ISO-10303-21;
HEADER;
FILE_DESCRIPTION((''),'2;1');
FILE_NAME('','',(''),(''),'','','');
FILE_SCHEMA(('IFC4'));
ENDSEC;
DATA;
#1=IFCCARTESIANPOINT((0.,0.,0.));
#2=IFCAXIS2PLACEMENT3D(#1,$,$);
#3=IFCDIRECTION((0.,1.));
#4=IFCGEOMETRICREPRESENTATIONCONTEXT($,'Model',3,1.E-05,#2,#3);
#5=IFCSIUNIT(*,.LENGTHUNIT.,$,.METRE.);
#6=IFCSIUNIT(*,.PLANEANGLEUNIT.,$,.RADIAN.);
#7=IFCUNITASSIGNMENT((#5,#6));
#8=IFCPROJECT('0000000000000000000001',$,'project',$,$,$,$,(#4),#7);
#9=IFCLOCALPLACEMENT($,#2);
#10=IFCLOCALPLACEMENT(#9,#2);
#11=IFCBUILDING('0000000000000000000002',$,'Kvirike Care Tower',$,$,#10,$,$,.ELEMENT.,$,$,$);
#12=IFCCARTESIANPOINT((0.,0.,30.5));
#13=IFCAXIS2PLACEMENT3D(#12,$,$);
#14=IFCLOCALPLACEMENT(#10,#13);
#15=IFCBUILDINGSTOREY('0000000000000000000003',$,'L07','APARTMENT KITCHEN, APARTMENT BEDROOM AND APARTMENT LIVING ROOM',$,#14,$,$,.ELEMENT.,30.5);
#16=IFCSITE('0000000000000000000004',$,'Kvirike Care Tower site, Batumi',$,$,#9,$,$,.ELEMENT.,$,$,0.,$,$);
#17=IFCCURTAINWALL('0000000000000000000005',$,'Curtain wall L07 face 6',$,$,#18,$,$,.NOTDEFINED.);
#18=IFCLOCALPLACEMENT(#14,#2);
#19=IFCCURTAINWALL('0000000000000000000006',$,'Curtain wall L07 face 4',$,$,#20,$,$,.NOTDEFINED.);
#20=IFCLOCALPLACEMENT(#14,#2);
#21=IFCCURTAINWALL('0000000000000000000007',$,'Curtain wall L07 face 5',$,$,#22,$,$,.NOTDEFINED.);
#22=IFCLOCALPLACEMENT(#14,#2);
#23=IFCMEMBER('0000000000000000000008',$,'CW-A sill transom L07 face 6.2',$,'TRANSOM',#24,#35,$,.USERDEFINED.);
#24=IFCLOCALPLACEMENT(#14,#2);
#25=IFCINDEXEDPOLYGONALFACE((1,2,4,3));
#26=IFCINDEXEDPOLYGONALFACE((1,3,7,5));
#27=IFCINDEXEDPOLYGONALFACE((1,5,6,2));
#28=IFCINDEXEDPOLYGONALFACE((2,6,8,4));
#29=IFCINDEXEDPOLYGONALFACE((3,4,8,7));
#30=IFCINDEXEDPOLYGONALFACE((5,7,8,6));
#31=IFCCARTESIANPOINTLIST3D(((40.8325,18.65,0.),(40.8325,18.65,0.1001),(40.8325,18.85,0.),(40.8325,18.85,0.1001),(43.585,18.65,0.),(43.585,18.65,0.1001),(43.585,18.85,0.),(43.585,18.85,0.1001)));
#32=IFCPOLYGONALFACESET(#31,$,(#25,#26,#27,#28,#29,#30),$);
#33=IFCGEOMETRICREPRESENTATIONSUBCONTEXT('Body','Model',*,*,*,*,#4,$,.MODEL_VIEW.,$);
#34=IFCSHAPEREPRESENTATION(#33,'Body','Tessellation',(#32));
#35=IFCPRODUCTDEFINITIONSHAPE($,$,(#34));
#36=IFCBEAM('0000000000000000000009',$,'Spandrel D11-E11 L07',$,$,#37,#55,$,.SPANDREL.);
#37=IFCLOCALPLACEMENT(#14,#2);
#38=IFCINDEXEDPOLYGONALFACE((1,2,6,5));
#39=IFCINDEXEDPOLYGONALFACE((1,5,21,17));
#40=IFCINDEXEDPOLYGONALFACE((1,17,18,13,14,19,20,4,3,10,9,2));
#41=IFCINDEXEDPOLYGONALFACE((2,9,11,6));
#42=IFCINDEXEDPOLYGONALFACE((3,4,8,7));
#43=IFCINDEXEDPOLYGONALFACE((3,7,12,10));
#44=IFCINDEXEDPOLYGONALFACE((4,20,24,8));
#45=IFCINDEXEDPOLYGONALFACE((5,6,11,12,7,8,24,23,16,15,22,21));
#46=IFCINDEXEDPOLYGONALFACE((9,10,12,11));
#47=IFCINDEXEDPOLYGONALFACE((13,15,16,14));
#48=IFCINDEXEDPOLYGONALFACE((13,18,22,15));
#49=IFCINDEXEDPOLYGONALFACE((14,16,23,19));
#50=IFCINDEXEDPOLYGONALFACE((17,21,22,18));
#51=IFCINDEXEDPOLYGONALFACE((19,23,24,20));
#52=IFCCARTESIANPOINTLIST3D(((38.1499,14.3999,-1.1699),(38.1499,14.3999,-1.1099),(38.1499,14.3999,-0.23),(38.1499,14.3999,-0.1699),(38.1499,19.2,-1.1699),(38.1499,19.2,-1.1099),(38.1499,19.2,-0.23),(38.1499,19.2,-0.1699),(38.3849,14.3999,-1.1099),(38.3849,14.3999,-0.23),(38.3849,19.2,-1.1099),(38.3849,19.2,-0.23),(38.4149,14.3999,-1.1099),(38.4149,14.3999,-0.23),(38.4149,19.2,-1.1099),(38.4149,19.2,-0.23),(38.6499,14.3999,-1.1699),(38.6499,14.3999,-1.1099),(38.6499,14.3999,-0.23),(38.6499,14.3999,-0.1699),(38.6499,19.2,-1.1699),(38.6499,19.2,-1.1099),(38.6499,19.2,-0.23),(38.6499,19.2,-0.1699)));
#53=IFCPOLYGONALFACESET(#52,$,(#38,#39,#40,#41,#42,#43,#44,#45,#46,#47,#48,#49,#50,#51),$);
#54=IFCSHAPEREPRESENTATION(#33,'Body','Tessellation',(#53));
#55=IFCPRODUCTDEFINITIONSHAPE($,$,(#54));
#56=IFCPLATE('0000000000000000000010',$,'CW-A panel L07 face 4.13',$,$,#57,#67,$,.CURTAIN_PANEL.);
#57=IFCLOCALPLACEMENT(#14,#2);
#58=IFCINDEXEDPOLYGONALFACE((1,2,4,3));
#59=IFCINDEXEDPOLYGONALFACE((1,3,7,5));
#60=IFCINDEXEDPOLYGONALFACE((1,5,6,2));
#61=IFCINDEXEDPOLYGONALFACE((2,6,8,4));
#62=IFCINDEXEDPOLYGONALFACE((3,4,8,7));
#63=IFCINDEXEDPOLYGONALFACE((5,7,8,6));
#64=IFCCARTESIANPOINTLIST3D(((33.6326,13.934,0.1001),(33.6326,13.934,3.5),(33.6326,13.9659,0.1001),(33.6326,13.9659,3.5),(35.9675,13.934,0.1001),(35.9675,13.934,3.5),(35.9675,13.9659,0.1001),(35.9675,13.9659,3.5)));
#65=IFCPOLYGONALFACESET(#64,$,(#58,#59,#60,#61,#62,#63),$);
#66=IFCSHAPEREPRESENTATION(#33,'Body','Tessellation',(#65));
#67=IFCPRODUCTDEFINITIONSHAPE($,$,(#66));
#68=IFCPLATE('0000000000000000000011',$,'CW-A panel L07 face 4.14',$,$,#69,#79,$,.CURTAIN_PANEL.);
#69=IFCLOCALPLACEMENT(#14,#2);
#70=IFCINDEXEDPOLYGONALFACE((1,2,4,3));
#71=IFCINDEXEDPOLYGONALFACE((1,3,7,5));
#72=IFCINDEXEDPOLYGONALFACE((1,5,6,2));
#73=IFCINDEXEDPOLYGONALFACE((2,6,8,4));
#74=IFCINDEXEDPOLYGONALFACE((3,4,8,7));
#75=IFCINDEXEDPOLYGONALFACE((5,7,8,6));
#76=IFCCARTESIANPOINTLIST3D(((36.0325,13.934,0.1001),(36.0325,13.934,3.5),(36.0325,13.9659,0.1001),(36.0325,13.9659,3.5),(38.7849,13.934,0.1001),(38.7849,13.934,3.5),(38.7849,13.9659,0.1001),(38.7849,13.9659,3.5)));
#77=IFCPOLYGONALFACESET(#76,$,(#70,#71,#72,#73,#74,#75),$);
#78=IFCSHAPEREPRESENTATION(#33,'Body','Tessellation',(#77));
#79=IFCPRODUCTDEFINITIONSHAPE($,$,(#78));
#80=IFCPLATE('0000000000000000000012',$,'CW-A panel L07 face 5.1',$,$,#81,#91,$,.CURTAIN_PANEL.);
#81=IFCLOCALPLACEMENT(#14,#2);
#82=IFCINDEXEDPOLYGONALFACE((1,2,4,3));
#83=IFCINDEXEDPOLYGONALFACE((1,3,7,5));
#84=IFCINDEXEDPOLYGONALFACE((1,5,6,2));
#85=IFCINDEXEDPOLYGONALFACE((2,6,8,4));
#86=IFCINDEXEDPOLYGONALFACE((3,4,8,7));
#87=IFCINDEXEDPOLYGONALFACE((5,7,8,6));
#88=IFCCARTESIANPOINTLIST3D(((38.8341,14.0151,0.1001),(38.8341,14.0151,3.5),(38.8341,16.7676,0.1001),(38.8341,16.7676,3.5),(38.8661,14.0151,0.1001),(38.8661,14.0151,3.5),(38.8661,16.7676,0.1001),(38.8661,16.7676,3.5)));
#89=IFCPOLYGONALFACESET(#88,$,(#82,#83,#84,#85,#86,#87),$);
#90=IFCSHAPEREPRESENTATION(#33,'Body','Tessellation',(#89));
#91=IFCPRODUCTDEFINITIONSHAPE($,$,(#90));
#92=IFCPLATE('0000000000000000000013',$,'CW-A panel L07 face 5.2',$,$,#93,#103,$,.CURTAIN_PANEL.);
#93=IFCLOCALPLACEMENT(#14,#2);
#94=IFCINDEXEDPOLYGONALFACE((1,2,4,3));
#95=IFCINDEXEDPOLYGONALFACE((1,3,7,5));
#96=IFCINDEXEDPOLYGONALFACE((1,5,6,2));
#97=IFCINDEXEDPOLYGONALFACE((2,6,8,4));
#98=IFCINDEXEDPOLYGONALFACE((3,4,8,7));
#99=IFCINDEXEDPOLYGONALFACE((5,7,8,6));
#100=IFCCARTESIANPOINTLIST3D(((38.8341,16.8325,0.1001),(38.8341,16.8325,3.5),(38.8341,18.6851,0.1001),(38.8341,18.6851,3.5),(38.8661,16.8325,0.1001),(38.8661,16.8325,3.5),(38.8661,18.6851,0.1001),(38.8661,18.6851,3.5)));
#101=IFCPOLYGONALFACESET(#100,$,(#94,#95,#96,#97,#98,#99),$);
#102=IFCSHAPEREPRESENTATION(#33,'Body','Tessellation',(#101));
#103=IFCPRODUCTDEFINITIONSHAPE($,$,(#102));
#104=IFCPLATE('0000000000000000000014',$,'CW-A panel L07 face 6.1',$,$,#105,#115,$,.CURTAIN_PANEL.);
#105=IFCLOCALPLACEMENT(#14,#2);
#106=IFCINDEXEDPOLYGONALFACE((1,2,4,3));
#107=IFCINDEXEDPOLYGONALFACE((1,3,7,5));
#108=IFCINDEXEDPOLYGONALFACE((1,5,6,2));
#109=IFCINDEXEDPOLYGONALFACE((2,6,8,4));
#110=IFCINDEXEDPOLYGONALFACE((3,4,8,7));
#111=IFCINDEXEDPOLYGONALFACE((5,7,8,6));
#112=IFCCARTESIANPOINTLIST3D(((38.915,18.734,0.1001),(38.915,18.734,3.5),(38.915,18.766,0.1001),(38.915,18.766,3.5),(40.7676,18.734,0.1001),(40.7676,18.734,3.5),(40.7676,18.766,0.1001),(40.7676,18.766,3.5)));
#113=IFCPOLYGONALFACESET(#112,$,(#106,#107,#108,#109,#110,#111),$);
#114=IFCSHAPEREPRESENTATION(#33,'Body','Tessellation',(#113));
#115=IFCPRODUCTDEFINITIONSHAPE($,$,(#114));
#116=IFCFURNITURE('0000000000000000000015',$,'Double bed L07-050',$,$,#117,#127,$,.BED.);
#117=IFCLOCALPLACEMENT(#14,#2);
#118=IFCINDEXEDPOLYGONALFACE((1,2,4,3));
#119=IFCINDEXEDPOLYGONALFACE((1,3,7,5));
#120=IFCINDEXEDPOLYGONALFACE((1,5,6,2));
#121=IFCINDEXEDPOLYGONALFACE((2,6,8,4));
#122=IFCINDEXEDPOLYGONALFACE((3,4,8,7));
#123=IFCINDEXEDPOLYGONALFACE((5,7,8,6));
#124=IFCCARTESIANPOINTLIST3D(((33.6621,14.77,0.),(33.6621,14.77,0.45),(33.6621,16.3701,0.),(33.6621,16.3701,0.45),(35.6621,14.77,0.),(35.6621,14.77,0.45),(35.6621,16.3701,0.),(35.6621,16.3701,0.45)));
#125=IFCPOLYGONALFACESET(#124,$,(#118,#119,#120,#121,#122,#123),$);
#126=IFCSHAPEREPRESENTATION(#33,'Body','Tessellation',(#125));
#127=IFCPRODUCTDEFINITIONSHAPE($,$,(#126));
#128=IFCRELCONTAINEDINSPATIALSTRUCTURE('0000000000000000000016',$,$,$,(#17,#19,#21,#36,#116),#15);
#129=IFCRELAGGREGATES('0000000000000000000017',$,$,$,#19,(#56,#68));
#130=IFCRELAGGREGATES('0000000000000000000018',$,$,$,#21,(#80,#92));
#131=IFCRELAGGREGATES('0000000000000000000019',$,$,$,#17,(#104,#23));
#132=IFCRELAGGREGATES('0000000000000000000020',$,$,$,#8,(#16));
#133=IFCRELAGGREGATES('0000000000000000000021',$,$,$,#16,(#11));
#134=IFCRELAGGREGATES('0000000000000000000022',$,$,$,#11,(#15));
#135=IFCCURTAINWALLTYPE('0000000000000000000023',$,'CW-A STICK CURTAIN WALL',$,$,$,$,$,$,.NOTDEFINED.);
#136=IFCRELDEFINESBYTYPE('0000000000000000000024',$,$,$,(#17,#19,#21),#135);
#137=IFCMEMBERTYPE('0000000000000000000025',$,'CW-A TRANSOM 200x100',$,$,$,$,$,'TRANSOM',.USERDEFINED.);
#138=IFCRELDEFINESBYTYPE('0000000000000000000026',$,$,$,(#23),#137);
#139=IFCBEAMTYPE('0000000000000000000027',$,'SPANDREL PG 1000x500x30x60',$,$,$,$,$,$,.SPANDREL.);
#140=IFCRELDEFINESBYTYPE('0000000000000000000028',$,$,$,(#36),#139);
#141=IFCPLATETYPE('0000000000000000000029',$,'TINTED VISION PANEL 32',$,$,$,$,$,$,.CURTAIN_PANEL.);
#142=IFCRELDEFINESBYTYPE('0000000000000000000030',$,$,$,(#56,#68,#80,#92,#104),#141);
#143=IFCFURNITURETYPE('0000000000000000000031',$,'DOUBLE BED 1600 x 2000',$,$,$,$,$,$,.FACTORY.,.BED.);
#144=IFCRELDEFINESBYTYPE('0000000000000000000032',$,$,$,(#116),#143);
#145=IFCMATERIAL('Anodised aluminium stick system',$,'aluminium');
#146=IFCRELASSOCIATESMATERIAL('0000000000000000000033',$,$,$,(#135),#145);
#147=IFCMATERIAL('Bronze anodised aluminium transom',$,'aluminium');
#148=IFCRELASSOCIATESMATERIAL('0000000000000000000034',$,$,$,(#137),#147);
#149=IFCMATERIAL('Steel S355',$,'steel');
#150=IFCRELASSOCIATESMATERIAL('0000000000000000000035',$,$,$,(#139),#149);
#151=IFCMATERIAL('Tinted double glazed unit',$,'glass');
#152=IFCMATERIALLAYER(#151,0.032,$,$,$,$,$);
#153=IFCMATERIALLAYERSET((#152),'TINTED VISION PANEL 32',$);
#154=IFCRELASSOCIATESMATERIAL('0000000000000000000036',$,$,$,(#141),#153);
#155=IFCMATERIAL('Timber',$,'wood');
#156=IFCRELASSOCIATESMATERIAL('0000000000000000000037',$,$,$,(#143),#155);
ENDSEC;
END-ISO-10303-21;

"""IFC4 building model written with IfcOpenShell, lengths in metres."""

from ifc_helpers import new_model, si_unit, direction, frame, origin, origin_2d, place, context, subcontext, project, spatial, rectangle, i_section, extrude, material, layer, layer_set, material_profile, profile_set, type_object, element, aggregate, save


model = new_model("IFC4")

# Units and contexts
model_context = context("Model", 3, precision=1e-05, world=origin(), true_north=direction((0.0, 1.0)))
body_context = subcontext(model_context, "Body", "Model", "MODEL_VIEW")
ifc_project = project(units=[si_unit("LENGTHUNIT", "METRE"), si_unit("PLANEANGLEUNIT", "RADIAN")], contexts=[model_context])

# Site, building, storey
site_placement = place(None, origin())
site = spatial("IfcSite", under=ifc_project, at=site_placement, Name="Kvirike Care Tower site, Batumi", CompositionType="ELEMENT", RefElevation=0.0)
building_placement = place(site_placement, origin())
building = spatial("IfcBuilding", under=site, at=building_placement, Name="Kvirike Care Tower", CompositionType="ELEMENT")
storey_placement = place(building_placement, frame((0.0, 0.0, 30.5)))
storey = spatial("IfcBuildingStorey", under=building, at=storey_placement, Name="L07", Description="APARTMENT KITCHEN, APARTMENT BEDROOM AND APARTMENT LIVING ROOM", CompositionType="ELEMENT", Elevation=30.5)

# Curtain wall
ifc_material_1 = material(Name="Anodised aluminium stick system", Category="aluminium")
curtain_wall_type = type_object("IfcCurtainWallType", Name="CW-A STICK CURTAIN WALL", PredefinedType="NOTDEFINED", material=ifc_material_1)
curtain_wall_1_placement = place(storey_placement, origin())
curtain_wall_1 = element("IfcCurtainWall", 1, at=curtain_wall_1_placement, inside=storey, type_object=curtain_wall_type, Name="Curtain wall L07 face 6", PredefinedType="NOTDEFINED")

# Curtain walls
curtain_wall_2_placement = place(storey_placement, origin())
curtain_wall_2 = element("IfcCurtainWall", 2, at=curtain_wall_2_placement, inside=storey, type_object=curtain_wall_type, Name="Curtain wall L07 face 4", PredefinedType="NOTDEFINED")
curtain_wall_3_placement = place(storey_placement, origin())
curtain_wall_3 = element("IfcCurtainWall", 3, at=curtain_wall_3_placement, inside=storey, type_object=curtain_wall_type, Name="Curtain wall L07 face 5", PredefinedType="NOTDEFINED")

# Member
ifc_material_2 = material(Name="Bronze anodised aluminium transom", Category="aluminium")
ifc_material_profile_1 = material_profile(ifc_material_2, rectangle(XDim=0.2, YDim=0.1001, at=origin_2d()), Name="CW-A TRANSOM 200x100")
ifc_profile_set_1 = profile_set([ifc_material_profile_1], Name="Bronze anodised aluminium transom")
member_type_1 = type_object("IfcMemberType", Name="CW-A TRANSOM 200x100", ElementType="TRANSOM", PredefinedType="USERDEFINED", material=ifc_profile_set_1)
member_1_placement = place(storey_placement, frame((40.8325, 18.75, 0.05), z_axis=(1.0, 0.0, 0.0), x_axis=(0.0, 1.0, 0.0)))
member_1 = element("IfcMember", 4, at=member_1_placement, type_object=member_type_1, Name="CW-A sill transom L07 face 6.2", ObjectType="TRANSOM", PredefinedType="USERDEFINED", context=body_context, shape_type="SweptSolid", body=[
    extrude(rectangle(XDim=0.2, YDim=0.1001, at=origin_2d()), origin(), (0.0, 0.0, 1.0), 2.7524),
])

# Beam
ifc_material_3 = material(Name="Steel S355", Category="steel")
ifc_material_profile_2 = material_profile(ifc_material_3, i_section(OverallWidth=0.5, OverallDepth=1.0, WebThickness=0.03, FlangeThickness=0.0601, at=origin_2d()), Name="PG 1000x500x30x60")
ifc_profile_set_2 = profile_set([ifc_material_profile_2], Name="Steel S355")
beam_type = type_object("IfcBeamType", Name="SPANDREL PG 1000x500x30x60", PredefinedType="SPANDREL", material=ifc_profile_set_2)
beam_placement = place(storey_placement, frame((38.3999, 14.3999, -0.6699), z_axis=(0.0, 1.0, 0.0), x_axis=(-1.0, 0.0, 0.0)))
element("IfcBeam", 5, at=beam_placement, inside=storey, type_object=beam_type, Name="Spandrel D11-E11 L07", PredefinedType="SPANDREL", context=body_context, shape_type="SweptSolid", body=[
    extrude(i_section(OverallWidth=0.5, OverallDepth=1.0, WebThickness=0.03, FlangeThickness=0.0601, at=origin_2d()), origin(), (0.0, 0.0, 1.0), 4.8),
])

# Plates
ifc_material_4 = material(Name="Tinted double glazed unit", Category="glass")
ifc_layer = layer(ifc_material_4, 0.032)
ifc_layer_set = layer_set([ifc_layer], Name="TINTED VISION PANEL 32")
plate_type = type_object("IfcPlateType", Name="TINTED VISION PANEL 32", PredefinedType="CURTAIN_PANEL", material=ifc_layer_set)
plate_1_placement = place(storey_placement, frame((34.8, 13.95, 0.1001), z_axis=(0.0, 0.0, 1.0), x_axis=(1.0, 0.0, 0.0)))
plate_1 = element("IfcPlate", 6, at=plate_1_placement, type_object=plate_type, Name="CW-A panel L07 face 4.13", PredefinedType="CURTAIN_PANEL", context=body_context, shape_type="SweptSolid", body=[
    extrude(rectangle(XDim=2.335, YDim=0.032, at=origin_2d()), origin(), (0.0, 0.0, 1.0), 3.3999),
])
plate_2_placement = place(storey_placement, frame((37.4087, 13.95, 0.1001), z_axis=(0.0, 0.0, 1.0), x_axis=(1.0, 0.0, 0.0)))
plate_2 = element("IfcPlate", 7, at=plate_2_placement, type_object=plate_type, Name="CW-A panel L07 face 4.14", PredefinedType="CURTAIN_PANEL", context=body_context, shape_type="SweptSolid", body=[
    extrude(rectangle(XDim=2.7524, YDim=0.032, at=origin_2d()), origin(), (0.0, 0.0, 1.0), 3.3999),
])
aggregate(curtain_wall_2, [plate_1, plate_2])
plate_3_placement = place(storey_placement, frame((38.8501, 15.3914, 0.1001), z_axis=(0.0, 0.0, 1.0), x_axis=(0.0, 1.0, 0.0)))
plate_3 = element("IfcPlate", 8, at=plate_3_placement, type_object=plate_type, Name="CW-A panel L07 face 5.1", PredefinedType="CURTAIN_PANEL", context=body_context, shape_type="SweptSolid", body=[
    extrude(rectangle(XDim=2.7524, YDim=0.032, at=origin_2d()), origin(), (0.0, 0.0, 1.0), 3.3999),
])
plate_4_placement = place(storey_placement, frame((38.8501, 17.7588, 0.1001), z_axis=(0.0, 0.0, 1.0), x_axis=(0.0, 1.0, 0.0)))
plate_4 = element("IfcPlate", 9, at=plate_4_placement, type_object=plate_type, Name="CW-A panel L07 face 5.2", PredefinedType="CURTAIN_PANEL", context=body_context, shape_type="SweptSolid", body=[
    extrude(rectangle(XDim=1.8525, YDim=0.032, at=origin_2d()), origin(), (0.0, 0.0, 1.0), 3.3999),
])
aggregate(curtain_wall_3, [plate_3, plate_4])
plate_5_placement = place(storey_placement, frame((39.8413, 18.75, 0.1001), z_axis=(0.0, 0.0, 1.0), x_axis=(1.0, 0.0, 0.0)))
plate_5 = element("IfcPlate", 10, at=plate_5_placement, type_object=plate_type, Name="CW-A panel L07 face 6.1", PredefinedType="CURTAIN_PANEL", context=body_context, shape_type="SweptSolid", body=[
    extrude(rectangle(XDim=1.8525, YDim=0.032, at=origin_2d()), origin(), (0.0, 0.0, 1.0), 3.3999),
])
aggregate(curtain_wall_1, [plate_5, member_1])

# Furniture
ifc_material_5 = material(Name="Timber", Category="wood")
furniture_type = type_object("IfcFurnitureType", Name="DOUBLE BED 1600 x 2000", AssemblyPlace="FACTORY", PredefinedType="BED", material=ifc_material_5)
furniture_placement = place(storey_placement, frame((34.6621, 15.5701, 0.0), z_axis=(0.0, 0.0, 1.0), x_axis=(0.0, 1.0, 0.0)))
element("IfcFurniture", 11, at=furniture_placement, inside=storey, type_object=furniture_type, Name="Double bed L07-050", PredefinedType="BED", context=body_context, shape_type="SweptSolid", body=[
    extrude(rectangle(XDim=1.6001, YDim=2.0, at=origin_2d()), origin(), (0.0, 0.0, 1.0), 0.45),
])

save(model, "model.ifc")
